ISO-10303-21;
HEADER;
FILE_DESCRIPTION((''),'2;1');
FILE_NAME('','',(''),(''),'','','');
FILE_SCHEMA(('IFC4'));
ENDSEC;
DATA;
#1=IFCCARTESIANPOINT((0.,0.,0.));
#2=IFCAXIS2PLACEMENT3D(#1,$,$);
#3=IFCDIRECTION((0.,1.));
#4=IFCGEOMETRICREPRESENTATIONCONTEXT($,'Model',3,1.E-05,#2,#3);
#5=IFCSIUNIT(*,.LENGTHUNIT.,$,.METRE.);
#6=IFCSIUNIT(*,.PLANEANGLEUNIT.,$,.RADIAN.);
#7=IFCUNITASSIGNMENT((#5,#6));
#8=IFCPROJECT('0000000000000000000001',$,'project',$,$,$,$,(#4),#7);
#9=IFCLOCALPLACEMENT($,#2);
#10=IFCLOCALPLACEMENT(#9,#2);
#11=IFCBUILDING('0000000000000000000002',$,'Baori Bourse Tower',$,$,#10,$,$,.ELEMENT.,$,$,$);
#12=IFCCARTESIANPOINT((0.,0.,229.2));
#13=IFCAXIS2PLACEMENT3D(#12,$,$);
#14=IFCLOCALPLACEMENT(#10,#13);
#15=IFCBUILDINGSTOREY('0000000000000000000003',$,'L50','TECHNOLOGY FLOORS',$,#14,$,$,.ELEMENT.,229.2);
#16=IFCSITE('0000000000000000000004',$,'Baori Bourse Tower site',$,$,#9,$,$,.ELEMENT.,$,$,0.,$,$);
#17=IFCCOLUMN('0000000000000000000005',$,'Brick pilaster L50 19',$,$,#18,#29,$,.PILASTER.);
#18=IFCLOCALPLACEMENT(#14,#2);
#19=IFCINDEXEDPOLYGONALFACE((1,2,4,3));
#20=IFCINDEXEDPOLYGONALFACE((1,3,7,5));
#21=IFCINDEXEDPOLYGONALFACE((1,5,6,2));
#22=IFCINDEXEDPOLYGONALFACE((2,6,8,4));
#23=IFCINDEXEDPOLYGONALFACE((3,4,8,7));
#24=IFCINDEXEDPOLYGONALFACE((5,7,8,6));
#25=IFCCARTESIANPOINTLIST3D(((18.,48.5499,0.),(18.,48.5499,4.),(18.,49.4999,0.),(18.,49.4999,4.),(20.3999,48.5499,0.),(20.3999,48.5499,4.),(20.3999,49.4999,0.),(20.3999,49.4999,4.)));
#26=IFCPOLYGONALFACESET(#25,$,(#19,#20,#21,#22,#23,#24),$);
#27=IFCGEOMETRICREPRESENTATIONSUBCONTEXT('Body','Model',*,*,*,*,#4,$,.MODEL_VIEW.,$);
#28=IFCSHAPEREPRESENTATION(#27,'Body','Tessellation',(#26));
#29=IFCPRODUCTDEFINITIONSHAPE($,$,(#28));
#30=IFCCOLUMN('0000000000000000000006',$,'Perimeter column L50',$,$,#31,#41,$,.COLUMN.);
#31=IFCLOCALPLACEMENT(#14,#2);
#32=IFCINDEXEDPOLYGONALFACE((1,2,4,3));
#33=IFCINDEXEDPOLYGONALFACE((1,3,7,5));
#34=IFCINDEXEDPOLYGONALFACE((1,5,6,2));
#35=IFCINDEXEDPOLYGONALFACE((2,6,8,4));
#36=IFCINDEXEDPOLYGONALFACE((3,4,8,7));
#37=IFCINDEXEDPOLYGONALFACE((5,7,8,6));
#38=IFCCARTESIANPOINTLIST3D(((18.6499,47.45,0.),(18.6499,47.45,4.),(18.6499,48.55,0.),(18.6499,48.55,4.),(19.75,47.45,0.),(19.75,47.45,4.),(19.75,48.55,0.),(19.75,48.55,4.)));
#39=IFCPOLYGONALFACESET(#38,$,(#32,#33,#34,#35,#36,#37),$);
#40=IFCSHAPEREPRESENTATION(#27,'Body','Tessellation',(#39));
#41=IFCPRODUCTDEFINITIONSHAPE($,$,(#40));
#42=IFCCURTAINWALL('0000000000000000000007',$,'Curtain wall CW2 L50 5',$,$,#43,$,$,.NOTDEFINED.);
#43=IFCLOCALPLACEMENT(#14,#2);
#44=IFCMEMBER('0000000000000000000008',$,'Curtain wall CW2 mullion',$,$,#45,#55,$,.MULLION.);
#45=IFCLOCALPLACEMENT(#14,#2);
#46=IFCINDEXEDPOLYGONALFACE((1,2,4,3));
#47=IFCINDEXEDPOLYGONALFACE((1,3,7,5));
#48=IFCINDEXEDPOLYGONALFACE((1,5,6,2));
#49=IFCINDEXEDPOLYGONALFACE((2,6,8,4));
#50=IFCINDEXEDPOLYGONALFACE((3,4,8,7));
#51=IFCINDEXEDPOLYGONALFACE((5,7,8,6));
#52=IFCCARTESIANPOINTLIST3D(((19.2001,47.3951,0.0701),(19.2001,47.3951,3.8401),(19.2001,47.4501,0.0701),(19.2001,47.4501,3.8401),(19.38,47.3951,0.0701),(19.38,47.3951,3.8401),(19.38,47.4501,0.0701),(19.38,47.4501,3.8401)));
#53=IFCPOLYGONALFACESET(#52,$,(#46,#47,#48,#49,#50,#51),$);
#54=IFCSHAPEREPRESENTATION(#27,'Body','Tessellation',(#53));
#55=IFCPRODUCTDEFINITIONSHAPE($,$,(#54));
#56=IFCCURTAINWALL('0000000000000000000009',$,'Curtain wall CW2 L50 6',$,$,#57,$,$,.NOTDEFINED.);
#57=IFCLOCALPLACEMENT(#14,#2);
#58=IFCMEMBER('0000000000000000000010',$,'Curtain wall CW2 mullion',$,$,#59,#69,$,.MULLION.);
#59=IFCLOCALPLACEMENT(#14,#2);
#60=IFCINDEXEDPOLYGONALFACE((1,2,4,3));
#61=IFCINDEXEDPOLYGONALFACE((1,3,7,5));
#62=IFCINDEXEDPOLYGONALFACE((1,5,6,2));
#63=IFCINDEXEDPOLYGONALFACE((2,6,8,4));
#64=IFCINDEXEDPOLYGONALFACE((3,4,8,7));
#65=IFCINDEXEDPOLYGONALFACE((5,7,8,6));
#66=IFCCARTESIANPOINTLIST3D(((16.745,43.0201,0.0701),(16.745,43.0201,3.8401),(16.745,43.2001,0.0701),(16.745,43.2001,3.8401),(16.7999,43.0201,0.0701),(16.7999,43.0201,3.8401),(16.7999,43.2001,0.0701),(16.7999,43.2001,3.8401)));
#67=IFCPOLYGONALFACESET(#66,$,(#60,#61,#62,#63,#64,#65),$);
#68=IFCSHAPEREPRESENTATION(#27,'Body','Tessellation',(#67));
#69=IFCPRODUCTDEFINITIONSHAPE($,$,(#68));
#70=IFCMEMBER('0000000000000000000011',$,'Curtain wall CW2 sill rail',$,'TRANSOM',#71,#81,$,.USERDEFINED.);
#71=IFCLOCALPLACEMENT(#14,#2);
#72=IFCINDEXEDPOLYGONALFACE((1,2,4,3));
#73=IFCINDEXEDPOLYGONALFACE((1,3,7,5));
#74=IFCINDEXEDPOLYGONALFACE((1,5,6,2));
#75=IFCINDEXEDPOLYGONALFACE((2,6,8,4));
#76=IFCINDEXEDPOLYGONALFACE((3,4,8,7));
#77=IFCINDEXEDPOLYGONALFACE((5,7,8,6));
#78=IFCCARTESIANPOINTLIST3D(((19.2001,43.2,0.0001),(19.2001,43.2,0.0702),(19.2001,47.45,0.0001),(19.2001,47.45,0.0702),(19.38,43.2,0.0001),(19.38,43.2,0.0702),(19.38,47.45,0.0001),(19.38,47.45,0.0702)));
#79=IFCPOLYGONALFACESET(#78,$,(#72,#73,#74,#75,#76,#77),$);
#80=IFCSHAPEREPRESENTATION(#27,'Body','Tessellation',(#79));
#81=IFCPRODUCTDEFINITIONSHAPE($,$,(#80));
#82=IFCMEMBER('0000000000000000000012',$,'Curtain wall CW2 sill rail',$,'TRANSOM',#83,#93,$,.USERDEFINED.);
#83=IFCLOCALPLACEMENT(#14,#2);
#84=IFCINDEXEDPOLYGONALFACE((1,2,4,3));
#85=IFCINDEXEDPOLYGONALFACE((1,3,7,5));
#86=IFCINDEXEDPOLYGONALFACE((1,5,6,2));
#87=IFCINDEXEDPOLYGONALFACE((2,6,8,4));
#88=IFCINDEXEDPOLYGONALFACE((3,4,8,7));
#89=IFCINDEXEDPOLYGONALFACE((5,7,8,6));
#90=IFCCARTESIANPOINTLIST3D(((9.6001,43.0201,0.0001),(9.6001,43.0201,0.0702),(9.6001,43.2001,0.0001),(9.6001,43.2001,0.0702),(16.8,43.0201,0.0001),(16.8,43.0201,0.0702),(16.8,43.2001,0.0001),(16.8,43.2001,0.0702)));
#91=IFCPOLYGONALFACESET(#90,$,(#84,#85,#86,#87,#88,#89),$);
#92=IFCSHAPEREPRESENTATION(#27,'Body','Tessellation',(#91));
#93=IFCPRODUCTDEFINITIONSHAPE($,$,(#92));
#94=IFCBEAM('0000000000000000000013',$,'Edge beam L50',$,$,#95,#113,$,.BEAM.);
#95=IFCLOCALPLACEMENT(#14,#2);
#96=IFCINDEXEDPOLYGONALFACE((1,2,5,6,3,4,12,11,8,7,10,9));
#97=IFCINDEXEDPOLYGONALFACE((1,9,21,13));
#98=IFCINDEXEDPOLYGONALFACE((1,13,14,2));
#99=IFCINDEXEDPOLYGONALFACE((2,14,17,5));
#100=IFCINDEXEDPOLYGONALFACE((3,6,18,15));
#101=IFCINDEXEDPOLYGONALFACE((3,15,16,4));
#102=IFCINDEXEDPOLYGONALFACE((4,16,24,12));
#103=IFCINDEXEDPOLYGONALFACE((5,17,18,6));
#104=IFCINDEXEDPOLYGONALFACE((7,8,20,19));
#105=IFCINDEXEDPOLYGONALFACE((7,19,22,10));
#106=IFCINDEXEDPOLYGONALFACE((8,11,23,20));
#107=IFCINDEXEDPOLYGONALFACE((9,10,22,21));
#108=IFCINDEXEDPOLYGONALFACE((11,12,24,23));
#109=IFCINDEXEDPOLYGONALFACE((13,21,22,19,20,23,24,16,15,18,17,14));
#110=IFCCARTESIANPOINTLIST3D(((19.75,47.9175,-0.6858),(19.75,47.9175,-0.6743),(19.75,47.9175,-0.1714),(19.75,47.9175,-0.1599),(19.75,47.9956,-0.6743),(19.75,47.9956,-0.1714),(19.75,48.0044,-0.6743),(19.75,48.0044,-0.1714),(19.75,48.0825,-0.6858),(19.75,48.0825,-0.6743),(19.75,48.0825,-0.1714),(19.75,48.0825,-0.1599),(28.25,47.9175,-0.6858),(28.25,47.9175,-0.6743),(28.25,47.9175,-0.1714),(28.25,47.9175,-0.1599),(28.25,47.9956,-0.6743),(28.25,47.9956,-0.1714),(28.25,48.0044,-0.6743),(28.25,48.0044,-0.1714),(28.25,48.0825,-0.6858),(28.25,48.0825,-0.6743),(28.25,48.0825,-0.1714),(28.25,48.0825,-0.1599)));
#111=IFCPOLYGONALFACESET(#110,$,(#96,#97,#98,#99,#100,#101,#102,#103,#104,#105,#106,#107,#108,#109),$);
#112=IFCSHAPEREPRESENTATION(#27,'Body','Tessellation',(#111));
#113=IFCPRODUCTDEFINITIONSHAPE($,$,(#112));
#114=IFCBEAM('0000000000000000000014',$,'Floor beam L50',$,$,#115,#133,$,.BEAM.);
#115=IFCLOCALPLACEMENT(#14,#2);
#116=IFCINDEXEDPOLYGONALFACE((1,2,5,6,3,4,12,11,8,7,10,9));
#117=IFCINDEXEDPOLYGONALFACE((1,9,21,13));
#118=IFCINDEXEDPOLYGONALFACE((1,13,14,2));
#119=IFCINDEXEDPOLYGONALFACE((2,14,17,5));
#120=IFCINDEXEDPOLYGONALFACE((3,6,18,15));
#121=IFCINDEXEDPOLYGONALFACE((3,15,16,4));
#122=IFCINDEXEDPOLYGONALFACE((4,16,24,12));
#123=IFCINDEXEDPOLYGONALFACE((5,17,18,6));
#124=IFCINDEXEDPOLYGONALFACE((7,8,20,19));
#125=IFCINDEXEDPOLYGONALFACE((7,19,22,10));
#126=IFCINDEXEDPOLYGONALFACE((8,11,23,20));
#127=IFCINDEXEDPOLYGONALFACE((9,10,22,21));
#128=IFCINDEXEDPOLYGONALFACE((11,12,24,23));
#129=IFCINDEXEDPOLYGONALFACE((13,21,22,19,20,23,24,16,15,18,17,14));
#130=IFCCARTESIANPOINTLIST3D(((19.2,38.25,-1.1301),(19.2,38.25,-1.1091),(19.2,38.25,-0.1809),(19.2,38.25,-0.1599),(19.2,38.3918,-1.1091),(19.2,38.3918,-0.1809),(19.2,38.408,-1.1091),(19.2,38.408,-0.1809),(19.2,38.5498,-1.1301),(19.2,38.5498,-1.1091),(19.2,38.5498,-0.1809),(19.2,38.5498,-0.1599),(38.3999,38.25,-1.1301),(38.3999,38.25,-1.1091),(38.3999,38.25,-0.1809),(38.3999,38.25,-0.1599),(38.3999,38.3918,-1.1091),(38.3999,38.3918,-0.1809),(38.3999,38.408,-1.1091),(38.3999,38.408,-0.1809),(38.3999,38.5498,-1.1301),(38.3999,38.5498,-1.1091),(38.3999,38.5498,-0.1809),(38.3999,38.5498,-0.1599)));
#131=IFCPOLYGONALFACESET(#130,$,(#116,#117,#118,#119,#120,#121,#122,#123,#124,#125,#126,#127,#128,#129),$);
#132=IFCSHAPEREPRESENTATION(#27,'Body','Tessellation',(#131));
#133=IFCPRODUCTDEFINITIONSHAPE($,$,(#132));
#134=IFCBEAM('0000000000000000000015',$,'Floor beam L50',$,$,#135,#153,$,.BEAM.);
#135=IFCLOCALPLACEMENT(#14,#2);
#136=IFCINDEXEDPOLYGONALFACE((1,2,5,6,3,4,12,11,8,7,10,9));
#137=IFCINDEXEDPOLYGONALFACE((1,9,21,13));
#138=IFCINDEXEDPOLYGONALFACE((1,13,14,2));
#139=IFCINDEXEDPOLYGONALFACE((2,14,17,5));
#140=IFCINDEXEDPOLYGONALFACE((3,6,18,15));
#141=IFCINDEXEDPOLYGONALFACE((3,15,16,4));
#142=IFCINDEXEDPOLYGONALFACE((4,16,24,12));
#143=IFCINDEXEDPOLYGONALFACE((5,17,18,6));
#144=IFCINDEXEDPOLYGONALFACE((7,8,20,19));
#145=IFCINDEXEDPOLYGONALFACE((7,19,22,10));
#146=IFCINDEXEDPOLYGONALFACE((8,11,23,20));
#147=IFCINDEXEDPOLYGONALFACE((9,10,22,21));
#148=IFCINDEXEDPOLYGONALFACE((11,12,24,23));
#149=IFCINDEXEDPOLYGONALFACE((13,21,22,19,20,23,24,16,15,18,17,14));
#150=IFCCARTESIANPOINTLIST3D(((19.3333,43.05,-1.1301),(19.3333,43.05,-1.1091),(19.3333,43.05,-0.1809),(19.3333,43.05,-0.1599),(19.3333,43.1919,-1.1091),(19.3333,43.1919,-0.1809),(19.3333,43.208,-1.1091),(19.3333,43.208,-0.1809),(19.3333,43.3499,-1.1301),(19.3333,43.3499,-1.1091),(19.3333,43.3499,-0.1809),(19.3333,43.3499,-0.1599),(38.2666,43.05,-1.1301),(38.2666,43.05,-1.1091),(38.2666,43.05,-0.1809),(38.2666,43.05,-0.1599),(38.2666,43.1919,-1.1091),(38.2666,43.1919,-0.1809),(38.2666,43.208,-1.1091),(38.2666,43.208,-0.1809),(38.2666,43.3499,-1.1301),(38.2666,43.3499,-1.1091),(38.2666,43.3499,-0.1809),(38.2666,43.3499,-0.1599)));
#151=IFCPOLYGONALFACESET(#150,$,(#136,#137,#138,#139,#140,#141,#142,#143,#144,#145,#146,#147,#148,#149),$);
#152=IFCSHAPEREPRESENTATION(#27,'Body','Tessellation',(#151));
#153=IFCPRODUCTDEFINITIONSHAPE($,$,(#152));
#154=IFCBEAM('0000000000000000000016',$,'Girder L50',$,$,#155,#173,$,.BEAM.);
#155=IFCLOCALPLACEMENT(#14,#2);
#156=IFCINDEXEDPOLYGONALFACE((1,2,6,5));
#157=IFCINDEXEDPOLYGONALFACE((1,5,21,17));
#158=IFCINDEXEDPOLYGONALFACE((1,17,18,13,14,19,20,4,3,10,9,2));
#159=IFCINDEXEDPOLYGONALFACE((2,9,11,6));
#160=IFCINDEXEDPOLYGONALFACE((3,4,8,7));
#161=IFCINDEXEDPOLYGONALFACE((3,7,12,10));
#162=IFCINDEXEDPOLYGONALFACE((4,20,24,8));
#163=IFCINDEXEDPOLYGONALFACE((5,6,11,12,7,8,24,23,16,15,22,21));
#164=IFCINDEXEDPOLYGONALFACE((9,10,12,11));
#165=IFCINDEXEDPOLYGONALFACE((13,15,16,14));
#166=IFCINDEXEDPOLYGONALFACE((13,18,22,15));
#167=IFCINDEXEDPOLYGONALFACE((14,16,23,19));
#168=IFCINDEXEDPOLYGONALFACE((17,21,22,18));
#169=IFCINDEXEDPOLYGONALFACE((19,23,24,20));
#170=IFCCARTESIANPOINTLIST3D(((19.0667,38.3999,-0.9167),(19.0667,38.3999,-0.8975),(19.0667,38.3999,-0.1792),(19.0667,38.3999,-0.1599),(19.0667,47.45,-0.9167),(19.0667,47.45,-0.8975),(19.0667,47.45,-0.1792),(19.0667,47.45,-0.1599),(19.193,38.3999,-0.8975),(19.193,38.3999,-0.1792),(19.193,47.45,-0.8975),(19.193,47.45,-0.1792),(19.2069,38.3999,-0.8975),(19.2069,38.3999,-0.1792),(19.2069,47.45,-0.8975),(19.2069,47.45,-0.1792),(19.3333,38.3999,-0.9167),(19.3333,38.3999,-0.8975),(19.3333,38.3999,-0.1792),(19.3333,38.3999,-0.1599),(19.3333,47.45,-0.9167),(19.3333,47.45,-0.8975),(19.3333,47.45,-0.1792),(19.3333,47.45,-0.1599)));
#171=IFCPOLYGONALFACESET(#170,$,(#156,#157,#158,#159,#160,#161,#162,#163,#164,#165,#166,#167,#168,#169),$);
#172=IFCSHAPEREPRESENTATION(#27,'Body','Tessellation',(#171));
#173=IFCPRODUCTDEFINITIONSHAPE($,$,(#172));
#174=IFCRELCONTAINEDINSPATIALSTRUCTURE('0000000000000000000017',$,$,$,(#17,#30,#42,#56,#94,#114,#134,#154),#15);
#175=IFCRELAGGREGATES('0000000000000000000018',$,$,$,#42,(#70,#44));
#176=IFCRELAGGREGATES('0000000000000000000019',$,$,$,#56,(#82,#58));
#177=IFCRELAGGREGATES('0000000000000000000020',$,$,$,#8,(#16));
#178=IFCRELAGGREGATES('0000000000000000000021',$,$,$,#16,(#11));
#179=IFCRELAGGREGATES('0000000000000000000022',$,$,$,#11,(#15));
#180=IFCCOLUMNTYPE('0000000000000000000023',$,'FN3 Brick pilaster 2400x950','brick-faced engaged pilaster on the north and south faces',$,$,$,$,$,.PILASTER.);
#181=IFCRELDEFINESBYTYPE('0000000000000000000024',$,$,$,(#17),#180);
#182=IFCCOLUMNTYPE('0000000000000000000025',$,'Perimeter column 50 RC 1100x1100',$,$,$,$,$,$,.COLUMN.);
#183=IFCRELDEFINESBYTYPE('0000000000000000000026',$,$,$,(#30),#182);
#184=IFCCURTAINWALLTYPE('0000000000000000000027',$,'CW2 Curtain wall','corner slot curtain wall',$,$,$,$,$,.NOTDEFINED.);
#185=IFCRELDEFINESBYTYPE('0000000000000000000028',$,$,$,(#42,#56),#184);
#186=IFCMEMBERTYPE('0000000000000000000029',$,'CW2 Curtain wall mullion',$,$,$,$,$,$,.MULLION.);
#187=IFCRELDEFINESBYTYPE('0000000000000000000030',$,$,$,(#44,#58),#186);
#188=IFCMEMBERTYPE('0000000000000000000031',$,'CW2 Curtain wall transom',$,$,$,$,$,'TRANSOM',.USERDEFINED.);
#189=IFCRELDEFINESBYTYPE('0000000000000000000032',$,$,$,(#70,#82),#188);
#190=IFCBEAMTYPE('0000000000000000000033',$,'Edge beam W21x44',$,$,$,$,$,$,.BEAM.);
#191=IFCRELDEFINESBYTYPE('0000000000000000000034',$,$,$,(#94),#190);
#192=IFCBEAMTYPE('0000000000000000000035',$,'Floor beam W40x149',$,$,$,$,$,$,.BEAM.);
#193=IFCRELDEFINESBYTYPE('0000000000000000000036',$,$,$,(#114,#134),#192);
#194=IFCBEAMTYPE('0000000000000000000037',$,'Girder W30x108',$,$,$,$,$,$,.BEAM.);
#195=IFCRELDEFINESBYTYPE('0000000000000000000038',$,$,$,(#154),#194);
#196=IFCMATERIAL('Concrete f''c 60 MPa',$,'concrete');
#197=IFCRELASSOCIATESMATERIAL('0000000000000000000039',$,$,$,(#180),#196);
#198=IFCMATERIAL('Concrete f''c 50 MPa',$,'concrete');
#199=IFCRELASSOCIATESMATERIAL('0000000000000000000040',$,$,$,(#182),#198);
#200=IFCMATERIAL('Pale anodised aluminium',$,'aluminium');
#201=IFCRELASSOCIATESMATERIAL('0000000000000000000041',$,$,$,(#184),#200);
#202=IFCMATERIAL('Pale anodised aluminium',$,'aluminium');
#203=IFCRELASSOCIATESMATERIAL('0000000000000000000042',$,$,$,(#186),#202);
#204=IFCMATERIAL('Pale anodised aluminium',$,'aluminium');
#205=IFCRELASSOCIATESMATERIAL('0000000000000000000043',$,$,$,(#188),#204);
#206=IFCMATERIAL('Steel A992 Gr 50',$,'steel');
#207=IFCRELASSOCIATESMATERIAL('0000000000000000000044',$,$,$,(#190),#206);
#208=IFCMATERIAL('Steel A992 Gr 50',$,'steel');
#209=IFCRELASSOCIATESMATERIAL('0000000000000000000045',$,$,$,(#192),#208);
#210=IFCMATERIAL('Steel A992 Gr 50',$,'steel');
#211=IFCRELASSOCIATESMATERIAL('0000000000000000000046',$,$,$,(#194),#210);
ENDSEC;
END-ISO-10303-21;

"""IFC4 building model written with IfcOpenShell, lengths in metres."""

from ifc_helpers import new_model, si_unit, direction, frame, origin, origin_2d, place, context, subcontext, project, spatial, rectangle, i_section, extrude, material, material_profile, profile_set, type_object, element, aggregate, save


model = new_model("IFC4")

# Units and contexts
model_context = context("Model", 3, precision=1e-05, world=origin(), true_north=direction((0.0, 1.0)))
body_context = subcontext(model_context, "Body", "Model", "MODEL_VIEW")
ifc_project = project(units=[si_unit("LENGTHUNIT", "METRE"), si_unit("PLANEANGLEUNIT", "RADIAN")], contexts=[model_context])

# Site, building, storey
site_placement = place(None, origin())
site = spatial("IfcSite", under=ifc_project, at=site_placement, Name="Baori Bourse Tower site", CompositionType="ELEMENT", RefElevation=0.0)
building_placement = place(site_placement, origin())
building = spatial("IfcBuilding", under=site, at=building_placement, Name="Baori Bourse Tower", CompositionType="ELEMENT")
storey_placement = place(building_placement, frame((0.0, 0.0, 229.2)))
storey = spatial("IfcBuildingStorey", under=building, at=storey_placement, Name="L50", Description="TECHNOLOGY FLOORS", CompositionType="ELEMENT", Elevation=229.2)

# Columns
ifc_material_1 = material(Name="Concrete f'c 60 MPa", Category="concrete")
ifc_material_profile_1 = material_profile(ifc_material_1, rectangle(XDim=2.3999, YDim=0.95, at=origin_2d()), Name="RC 2400x950")
ifc_profile_set_1 = profile_set([ifc_material_profile_1], Name="Concrete f'c 60 MPa")
column_type_1 = type_object("IfcColumnType", Name="FN3 Brick pilaster 2400x950", Description="brick-faced engaged pilaster on the north and south faces", PredefinedType="PILASTER", material=ifc_profile_set_1)
column_1_placement = place(storey_placement, frame((19.2, 49.0249, 0.0), z_axis=(0.0, 0.0, 1.0), x_axis=(1.0, 0.0, 0.0)))
element("IfcColumn", 1, at=column_1_placement, inside=storey, type_object=column_type_1, Name="Brick pilaster L50 19", PredefinedType="PILASTER", context=body_context, shape_type="SweptSolid", body=[
    extrude(rectangle(XDim=2.3999, YDim=0.95, at=origin_2d()), origin(), (0.0, 0.0, 1.0), 4.0),
])
ifc_material_2 = material(Name="Concrete f'c 50 MPa", Category="concrete")
ifc_material_profile_2 = material_profile(ifc_material_2, rectangle(XDim=1.1001, YDim=1.1001, at=origin_2d()), Name="RC 1100x1100")
ifc_profile_set_2 = profile_set([ifc_material_profile_2], Name="Concrete f'c 50 MPa")
column_type_2 = type_object("IfcColumnType", Name="Perimeter column 50 RC 1100x1100", PredefinedType="COLUMN", material=ifc_profile_set_2)
column_2_placement = place(storey_placement, frame((19.2, 48.0, 0.0), z_axis=(0.0, 0.0, 1.0), x_axis=(1.0, 0.0, 0.0)))
element("IfcColumn", 2, at=column_2_placement, inside=storey, type_object=column_type_2, Name="Perimeter column L50", PredefinedType="COLUMN", context=body_context, shape_type="SweptSolid", body=[
    extrude(rectangle(XDim=1.1001, YDim=1.1001, at=origin_2d()), origin(), (0.0, 0.0, 1.0), 4.0),
])

# Curtain walls, members
ifc_material_3 = material(Name="Pale anodised aluminium", Category="aluminium")
curtain_wall_type = type_object("IfcCurtainWallType", Name="CW2 Curtain wall", Description="corner slot curtain wall", PredefinedType="NOTDEFINED", material=ifc_material_3)
curtain_wall_1_placement = place(storey_placement, origin())
curtain_wall_1 = element("IfcCurtainWall", 3, at=curtain_wall_1_placement, inside=storey, type_object=curtain_wall_type, Name="Curtain wall CW2 L50 5", PredefinedType="NOTDEFINED")
ifc_material_4 = material(Name="Pale anodised aluminium", Category="aluminium")
ifc_material_profile_3 = material_profile(ifc_material_4, rectangle(XDim=0.1799, YDim=0.0549, at=origin_2d()), Name="Mullion 55x180")
ifc_profile_set_3 = profile_set([ifc_material_profile_3], Name="Pale anodised aluminium")
member_type_1 = type_object("IfcMemberType", Name="CW2 Curtain wall mullion", PredefinedType="MULLION", material=ifc_profile_set_3)
member_1_placement = place(storey_placement, frame((19.29, 47.4226, 0.0701), z_axis=(0.0, 0.0, 1.0), x_axis=(1.0, 0.0, 0.0)))
member_1 = element("IfcMember", 4, at=member_1_placement, type_object=member_type_1, Name="Curtain wall CW2 mullion", PredefinedType="MULLION", context=body_context, shape_type="SweptSolid", body=[
    extrude(rectangle(XDim=0.1799, YDim=0.0549, at=origin_2d()), origin(), (0.0, 0.0, 1.0), 3.77),
])
curtain_wall_2_placement = place(storey_placement, origin())
curtain_wall_2 = element("IfcCurtainWall", 5, at=curtain_wall_2_placement, inside=storey, type_object=curtain_wall_type, Name="Curtain wall CW2 L50 6", PredefinedType="NOTDEFINED")
member_2_placement = place(storey_placement, frame((16.7725, 43.1101, 0.0701), z_axis=(0.0, 0.0, 1.0), x_axis=(0.0, -1.0, 0.0)))
member_2 = element("IfcMember", 6, at=member_2_placement, type_object=member_type_1, Name="Curtain wall CW2 mullion", PredefinedType="MULLION", context=body_context, shape_type="SweptSolid", body=[
    extrude(rectangle(XDim=0.1799, YDim=0.0549, at=origin_2d()), origin(), (0.0, 0.0, 1.0), 3.77),
])

# Members
ifc_material_5 = material(Name="Pale anodised aluminium", Category="aluminium")
ifc_material_profile_4 = material_profile(ifc_material_5, rectangle(XDim=0.1799, YDim=0.0701, at=origin_2d()), Name="Transom 70x180")
ifc_profile_set_4 = profile_set([ifc_material_profile_4], Name="Pale anodised aluminium")
member_type_2 = type_object("IfcMemberType", Name="CW2 Curtain wall transom", ElementType="TRANSOM", PredefinedType="USERDEFINED", material=ifc_profile_set_4)
member_3_placement = place(storey_placement, frame((19.29, 47.45, 0.0352), z_axis=(0.0, -1.0, 0.0), x_axis=(1.0, 0.0, 0.0)))
member_3 = element("IfcMember", 7, at=member_3_placement, type_object=member_type_2, Name="Curtain wall CW2 sill rail", ObjectType="TRANSOM", PredefinedType="USERDEFINED", context=body_context, shape_type="SweptSolid", body=[
    extrude(rectangle(XDim=0.1799, YDim=0.0701, at=origin_2d()), origin(), (0.0, 0.0, 1.0), 4.25),
])
member_4_placement = place(storey_placement, frame((16.8, 43.1101, 0.0352), z_axis=(-1.0, 0.0, 0.0), x_axis=(0.0, -1.0, 0.0)))
member_4 = element("IfcMember", 8, at=member_4_placement, type_object=member_type_2, Name="Curtain wall CW2 sill rail", ObjectType="TRANSOM", PredefinedType="USERDEFINED", context=body_context, shape_type="SweptSolid", body=[
    extrude(rectangle(XDim=0.1799, YDim=0.0701, at=origin_2d()), origin(), (0.0, 0.0, 1.0), 7.2),
])

# Beams
ifc_material_6 = material(Name="Steel A992 Gr 50", Category="steel")
ifc_material_profile_5 = material_profile(ifc_material_6, i_section(OverallWidth=0.165, OverallDepth=0.5259, WebThickness=0.0088, FlangeThickness=0.0115, at=origin_2d()), Name="W21x44")
ifc_profile_set_5 = profile_set([ifc_material_profile_5], Name="Steel A992 Gr 50")
beam_type_1 = type_object("IfcBeamType", Name="Edge beam W21x44", PredefinedType="BEAM", material=ifc_profile_set_5)
beam_1_placement = place(storey_placement, frame((19.75, 48.0, -0.4229), z_axis=(1.0, 0.0, 0.0), x_axis=(0.0, 1.0, 0.0)))
element("IfcBeam", 9, at=beam_1_placement, inside=storey, type_object=beam_type_1, Name="Edge beam L50", PredefinedType="BEAM", context=body_context, shape_type="SweptSolid", body=[
    extrude(i_section(OverallWidth=0.165, OverallDepth=0.5259, WebThickness=0.0088, FlangeThickness=0.0115, at=origin_2d()), origin(), (0.0, 0.0, 1.0), 8.5),
])
ifc_material_7 = material(Name="Steel A992 Gr 50", Category="steel")
ifc_material_profile_6 = material_profile(ifc_material_7, i_section(OverallWidth=0.2998, OverallDepth=0.9702, WebThickness=0.0161, FlangeThickness=0.021, at=origin_2d()), Name="W40x149")
ifc_profile_set_6 = profile_set([ifc_material_profile_6], Name="Steel A992 Gr 50")
beam_type_2 = type_object("IfcBeamType", Name="Floor beam W40x149", PredefinedType="BEAM", material=ifc_profile_set_6)
beam_2_placement = place(storey_placement, frame((19.2, 38.3999, -0.645), z_axis=(1.0, 0.0, 0.0), x_axis=(0.0, 1.0, 0.0)))
element("IfcBeam", 10, at=beam_2_placement, inside=storey, type_object=beam_type_2, Name="Floor beam L50", PredefinedType="BEAM", context=body_context, shape_type="SweptSolid", body=[
    extrude(i_section(OverallWidth=0.2998, OverallDepth=0.9702, WebThickness=0.0161, FlangeThickness=0.021, at=origin_2d()), origin(), (0.0, 0.0, 1.0), 19.2),
])
beam_3_placement = place(storey_placement, frame((19.3333, 43.2, -0.645), z_axis=(1.0, 0.0, 0.0), x_axis=(0.0, 1.0, 0.0)))
element("IfcBeam", 11, at=beam_3_placement, inside=storey, type_object=beam_type_2, Name="Floor beam L50", PredefinedType="BEAM", context=body_context, shape_type="SweptSolid", body=[
    extrude(i_section(OverallWidth=0.2998, OverallDepth=0.9702, WebThickness=0.0161, FlangeThickness=0.021, at=origin_2d()), origin(), (0.0, 0.0, 1.0), 18.9333),
])
ifc_material_8 = material(Name="Steel A992 Gr 50", Category="steel")
ifc_material_profile_7 = material_profile(ifc_material_8, i_section(OverallWidth=0.2666, OverallDepth=0.7568, WebThickness=0.0139, FlangeThickness=0.0193, at=origin_2d()), Name="W30x108")
ifc_profile_set_7 = profile_set([ifc_material_profile_7], Name="Steel A992 Gr 50")
beam_type_3 = type_object("IfcBeamType", Name="Girder W30x108", PredefinedType="BEAM", material=ifc_profile_set_7)
beam_4_placement = place(storey_placement, frame((19.2, 38.3999, -0.5383), z_axis=(0.0, 1.0, 0.0), x_axis=(-1.0, 0.0, 0.0)))
element("IfcBeam", 12, at=beam_4_placement, inside=storey, type_object=beam_type_3, Name="Girder L50", PredefinedType="BEAM", context=body_context, shape_type="SweptSolid", body=[
    extrude(i_section(OverallWidth=0.2666, OverallDepth=0.7568, WebThickness=0.0139, FlangeThickness=0.0193, at=origin_2d()), origin(), (0.0, 0.0, 1.0), 9.05),
])

aggregate(curtain_wall_1, [member_3, member_1])
aggregate(curtain_wall_2, [member_4, member_2])

save(model, "model.ifc")
